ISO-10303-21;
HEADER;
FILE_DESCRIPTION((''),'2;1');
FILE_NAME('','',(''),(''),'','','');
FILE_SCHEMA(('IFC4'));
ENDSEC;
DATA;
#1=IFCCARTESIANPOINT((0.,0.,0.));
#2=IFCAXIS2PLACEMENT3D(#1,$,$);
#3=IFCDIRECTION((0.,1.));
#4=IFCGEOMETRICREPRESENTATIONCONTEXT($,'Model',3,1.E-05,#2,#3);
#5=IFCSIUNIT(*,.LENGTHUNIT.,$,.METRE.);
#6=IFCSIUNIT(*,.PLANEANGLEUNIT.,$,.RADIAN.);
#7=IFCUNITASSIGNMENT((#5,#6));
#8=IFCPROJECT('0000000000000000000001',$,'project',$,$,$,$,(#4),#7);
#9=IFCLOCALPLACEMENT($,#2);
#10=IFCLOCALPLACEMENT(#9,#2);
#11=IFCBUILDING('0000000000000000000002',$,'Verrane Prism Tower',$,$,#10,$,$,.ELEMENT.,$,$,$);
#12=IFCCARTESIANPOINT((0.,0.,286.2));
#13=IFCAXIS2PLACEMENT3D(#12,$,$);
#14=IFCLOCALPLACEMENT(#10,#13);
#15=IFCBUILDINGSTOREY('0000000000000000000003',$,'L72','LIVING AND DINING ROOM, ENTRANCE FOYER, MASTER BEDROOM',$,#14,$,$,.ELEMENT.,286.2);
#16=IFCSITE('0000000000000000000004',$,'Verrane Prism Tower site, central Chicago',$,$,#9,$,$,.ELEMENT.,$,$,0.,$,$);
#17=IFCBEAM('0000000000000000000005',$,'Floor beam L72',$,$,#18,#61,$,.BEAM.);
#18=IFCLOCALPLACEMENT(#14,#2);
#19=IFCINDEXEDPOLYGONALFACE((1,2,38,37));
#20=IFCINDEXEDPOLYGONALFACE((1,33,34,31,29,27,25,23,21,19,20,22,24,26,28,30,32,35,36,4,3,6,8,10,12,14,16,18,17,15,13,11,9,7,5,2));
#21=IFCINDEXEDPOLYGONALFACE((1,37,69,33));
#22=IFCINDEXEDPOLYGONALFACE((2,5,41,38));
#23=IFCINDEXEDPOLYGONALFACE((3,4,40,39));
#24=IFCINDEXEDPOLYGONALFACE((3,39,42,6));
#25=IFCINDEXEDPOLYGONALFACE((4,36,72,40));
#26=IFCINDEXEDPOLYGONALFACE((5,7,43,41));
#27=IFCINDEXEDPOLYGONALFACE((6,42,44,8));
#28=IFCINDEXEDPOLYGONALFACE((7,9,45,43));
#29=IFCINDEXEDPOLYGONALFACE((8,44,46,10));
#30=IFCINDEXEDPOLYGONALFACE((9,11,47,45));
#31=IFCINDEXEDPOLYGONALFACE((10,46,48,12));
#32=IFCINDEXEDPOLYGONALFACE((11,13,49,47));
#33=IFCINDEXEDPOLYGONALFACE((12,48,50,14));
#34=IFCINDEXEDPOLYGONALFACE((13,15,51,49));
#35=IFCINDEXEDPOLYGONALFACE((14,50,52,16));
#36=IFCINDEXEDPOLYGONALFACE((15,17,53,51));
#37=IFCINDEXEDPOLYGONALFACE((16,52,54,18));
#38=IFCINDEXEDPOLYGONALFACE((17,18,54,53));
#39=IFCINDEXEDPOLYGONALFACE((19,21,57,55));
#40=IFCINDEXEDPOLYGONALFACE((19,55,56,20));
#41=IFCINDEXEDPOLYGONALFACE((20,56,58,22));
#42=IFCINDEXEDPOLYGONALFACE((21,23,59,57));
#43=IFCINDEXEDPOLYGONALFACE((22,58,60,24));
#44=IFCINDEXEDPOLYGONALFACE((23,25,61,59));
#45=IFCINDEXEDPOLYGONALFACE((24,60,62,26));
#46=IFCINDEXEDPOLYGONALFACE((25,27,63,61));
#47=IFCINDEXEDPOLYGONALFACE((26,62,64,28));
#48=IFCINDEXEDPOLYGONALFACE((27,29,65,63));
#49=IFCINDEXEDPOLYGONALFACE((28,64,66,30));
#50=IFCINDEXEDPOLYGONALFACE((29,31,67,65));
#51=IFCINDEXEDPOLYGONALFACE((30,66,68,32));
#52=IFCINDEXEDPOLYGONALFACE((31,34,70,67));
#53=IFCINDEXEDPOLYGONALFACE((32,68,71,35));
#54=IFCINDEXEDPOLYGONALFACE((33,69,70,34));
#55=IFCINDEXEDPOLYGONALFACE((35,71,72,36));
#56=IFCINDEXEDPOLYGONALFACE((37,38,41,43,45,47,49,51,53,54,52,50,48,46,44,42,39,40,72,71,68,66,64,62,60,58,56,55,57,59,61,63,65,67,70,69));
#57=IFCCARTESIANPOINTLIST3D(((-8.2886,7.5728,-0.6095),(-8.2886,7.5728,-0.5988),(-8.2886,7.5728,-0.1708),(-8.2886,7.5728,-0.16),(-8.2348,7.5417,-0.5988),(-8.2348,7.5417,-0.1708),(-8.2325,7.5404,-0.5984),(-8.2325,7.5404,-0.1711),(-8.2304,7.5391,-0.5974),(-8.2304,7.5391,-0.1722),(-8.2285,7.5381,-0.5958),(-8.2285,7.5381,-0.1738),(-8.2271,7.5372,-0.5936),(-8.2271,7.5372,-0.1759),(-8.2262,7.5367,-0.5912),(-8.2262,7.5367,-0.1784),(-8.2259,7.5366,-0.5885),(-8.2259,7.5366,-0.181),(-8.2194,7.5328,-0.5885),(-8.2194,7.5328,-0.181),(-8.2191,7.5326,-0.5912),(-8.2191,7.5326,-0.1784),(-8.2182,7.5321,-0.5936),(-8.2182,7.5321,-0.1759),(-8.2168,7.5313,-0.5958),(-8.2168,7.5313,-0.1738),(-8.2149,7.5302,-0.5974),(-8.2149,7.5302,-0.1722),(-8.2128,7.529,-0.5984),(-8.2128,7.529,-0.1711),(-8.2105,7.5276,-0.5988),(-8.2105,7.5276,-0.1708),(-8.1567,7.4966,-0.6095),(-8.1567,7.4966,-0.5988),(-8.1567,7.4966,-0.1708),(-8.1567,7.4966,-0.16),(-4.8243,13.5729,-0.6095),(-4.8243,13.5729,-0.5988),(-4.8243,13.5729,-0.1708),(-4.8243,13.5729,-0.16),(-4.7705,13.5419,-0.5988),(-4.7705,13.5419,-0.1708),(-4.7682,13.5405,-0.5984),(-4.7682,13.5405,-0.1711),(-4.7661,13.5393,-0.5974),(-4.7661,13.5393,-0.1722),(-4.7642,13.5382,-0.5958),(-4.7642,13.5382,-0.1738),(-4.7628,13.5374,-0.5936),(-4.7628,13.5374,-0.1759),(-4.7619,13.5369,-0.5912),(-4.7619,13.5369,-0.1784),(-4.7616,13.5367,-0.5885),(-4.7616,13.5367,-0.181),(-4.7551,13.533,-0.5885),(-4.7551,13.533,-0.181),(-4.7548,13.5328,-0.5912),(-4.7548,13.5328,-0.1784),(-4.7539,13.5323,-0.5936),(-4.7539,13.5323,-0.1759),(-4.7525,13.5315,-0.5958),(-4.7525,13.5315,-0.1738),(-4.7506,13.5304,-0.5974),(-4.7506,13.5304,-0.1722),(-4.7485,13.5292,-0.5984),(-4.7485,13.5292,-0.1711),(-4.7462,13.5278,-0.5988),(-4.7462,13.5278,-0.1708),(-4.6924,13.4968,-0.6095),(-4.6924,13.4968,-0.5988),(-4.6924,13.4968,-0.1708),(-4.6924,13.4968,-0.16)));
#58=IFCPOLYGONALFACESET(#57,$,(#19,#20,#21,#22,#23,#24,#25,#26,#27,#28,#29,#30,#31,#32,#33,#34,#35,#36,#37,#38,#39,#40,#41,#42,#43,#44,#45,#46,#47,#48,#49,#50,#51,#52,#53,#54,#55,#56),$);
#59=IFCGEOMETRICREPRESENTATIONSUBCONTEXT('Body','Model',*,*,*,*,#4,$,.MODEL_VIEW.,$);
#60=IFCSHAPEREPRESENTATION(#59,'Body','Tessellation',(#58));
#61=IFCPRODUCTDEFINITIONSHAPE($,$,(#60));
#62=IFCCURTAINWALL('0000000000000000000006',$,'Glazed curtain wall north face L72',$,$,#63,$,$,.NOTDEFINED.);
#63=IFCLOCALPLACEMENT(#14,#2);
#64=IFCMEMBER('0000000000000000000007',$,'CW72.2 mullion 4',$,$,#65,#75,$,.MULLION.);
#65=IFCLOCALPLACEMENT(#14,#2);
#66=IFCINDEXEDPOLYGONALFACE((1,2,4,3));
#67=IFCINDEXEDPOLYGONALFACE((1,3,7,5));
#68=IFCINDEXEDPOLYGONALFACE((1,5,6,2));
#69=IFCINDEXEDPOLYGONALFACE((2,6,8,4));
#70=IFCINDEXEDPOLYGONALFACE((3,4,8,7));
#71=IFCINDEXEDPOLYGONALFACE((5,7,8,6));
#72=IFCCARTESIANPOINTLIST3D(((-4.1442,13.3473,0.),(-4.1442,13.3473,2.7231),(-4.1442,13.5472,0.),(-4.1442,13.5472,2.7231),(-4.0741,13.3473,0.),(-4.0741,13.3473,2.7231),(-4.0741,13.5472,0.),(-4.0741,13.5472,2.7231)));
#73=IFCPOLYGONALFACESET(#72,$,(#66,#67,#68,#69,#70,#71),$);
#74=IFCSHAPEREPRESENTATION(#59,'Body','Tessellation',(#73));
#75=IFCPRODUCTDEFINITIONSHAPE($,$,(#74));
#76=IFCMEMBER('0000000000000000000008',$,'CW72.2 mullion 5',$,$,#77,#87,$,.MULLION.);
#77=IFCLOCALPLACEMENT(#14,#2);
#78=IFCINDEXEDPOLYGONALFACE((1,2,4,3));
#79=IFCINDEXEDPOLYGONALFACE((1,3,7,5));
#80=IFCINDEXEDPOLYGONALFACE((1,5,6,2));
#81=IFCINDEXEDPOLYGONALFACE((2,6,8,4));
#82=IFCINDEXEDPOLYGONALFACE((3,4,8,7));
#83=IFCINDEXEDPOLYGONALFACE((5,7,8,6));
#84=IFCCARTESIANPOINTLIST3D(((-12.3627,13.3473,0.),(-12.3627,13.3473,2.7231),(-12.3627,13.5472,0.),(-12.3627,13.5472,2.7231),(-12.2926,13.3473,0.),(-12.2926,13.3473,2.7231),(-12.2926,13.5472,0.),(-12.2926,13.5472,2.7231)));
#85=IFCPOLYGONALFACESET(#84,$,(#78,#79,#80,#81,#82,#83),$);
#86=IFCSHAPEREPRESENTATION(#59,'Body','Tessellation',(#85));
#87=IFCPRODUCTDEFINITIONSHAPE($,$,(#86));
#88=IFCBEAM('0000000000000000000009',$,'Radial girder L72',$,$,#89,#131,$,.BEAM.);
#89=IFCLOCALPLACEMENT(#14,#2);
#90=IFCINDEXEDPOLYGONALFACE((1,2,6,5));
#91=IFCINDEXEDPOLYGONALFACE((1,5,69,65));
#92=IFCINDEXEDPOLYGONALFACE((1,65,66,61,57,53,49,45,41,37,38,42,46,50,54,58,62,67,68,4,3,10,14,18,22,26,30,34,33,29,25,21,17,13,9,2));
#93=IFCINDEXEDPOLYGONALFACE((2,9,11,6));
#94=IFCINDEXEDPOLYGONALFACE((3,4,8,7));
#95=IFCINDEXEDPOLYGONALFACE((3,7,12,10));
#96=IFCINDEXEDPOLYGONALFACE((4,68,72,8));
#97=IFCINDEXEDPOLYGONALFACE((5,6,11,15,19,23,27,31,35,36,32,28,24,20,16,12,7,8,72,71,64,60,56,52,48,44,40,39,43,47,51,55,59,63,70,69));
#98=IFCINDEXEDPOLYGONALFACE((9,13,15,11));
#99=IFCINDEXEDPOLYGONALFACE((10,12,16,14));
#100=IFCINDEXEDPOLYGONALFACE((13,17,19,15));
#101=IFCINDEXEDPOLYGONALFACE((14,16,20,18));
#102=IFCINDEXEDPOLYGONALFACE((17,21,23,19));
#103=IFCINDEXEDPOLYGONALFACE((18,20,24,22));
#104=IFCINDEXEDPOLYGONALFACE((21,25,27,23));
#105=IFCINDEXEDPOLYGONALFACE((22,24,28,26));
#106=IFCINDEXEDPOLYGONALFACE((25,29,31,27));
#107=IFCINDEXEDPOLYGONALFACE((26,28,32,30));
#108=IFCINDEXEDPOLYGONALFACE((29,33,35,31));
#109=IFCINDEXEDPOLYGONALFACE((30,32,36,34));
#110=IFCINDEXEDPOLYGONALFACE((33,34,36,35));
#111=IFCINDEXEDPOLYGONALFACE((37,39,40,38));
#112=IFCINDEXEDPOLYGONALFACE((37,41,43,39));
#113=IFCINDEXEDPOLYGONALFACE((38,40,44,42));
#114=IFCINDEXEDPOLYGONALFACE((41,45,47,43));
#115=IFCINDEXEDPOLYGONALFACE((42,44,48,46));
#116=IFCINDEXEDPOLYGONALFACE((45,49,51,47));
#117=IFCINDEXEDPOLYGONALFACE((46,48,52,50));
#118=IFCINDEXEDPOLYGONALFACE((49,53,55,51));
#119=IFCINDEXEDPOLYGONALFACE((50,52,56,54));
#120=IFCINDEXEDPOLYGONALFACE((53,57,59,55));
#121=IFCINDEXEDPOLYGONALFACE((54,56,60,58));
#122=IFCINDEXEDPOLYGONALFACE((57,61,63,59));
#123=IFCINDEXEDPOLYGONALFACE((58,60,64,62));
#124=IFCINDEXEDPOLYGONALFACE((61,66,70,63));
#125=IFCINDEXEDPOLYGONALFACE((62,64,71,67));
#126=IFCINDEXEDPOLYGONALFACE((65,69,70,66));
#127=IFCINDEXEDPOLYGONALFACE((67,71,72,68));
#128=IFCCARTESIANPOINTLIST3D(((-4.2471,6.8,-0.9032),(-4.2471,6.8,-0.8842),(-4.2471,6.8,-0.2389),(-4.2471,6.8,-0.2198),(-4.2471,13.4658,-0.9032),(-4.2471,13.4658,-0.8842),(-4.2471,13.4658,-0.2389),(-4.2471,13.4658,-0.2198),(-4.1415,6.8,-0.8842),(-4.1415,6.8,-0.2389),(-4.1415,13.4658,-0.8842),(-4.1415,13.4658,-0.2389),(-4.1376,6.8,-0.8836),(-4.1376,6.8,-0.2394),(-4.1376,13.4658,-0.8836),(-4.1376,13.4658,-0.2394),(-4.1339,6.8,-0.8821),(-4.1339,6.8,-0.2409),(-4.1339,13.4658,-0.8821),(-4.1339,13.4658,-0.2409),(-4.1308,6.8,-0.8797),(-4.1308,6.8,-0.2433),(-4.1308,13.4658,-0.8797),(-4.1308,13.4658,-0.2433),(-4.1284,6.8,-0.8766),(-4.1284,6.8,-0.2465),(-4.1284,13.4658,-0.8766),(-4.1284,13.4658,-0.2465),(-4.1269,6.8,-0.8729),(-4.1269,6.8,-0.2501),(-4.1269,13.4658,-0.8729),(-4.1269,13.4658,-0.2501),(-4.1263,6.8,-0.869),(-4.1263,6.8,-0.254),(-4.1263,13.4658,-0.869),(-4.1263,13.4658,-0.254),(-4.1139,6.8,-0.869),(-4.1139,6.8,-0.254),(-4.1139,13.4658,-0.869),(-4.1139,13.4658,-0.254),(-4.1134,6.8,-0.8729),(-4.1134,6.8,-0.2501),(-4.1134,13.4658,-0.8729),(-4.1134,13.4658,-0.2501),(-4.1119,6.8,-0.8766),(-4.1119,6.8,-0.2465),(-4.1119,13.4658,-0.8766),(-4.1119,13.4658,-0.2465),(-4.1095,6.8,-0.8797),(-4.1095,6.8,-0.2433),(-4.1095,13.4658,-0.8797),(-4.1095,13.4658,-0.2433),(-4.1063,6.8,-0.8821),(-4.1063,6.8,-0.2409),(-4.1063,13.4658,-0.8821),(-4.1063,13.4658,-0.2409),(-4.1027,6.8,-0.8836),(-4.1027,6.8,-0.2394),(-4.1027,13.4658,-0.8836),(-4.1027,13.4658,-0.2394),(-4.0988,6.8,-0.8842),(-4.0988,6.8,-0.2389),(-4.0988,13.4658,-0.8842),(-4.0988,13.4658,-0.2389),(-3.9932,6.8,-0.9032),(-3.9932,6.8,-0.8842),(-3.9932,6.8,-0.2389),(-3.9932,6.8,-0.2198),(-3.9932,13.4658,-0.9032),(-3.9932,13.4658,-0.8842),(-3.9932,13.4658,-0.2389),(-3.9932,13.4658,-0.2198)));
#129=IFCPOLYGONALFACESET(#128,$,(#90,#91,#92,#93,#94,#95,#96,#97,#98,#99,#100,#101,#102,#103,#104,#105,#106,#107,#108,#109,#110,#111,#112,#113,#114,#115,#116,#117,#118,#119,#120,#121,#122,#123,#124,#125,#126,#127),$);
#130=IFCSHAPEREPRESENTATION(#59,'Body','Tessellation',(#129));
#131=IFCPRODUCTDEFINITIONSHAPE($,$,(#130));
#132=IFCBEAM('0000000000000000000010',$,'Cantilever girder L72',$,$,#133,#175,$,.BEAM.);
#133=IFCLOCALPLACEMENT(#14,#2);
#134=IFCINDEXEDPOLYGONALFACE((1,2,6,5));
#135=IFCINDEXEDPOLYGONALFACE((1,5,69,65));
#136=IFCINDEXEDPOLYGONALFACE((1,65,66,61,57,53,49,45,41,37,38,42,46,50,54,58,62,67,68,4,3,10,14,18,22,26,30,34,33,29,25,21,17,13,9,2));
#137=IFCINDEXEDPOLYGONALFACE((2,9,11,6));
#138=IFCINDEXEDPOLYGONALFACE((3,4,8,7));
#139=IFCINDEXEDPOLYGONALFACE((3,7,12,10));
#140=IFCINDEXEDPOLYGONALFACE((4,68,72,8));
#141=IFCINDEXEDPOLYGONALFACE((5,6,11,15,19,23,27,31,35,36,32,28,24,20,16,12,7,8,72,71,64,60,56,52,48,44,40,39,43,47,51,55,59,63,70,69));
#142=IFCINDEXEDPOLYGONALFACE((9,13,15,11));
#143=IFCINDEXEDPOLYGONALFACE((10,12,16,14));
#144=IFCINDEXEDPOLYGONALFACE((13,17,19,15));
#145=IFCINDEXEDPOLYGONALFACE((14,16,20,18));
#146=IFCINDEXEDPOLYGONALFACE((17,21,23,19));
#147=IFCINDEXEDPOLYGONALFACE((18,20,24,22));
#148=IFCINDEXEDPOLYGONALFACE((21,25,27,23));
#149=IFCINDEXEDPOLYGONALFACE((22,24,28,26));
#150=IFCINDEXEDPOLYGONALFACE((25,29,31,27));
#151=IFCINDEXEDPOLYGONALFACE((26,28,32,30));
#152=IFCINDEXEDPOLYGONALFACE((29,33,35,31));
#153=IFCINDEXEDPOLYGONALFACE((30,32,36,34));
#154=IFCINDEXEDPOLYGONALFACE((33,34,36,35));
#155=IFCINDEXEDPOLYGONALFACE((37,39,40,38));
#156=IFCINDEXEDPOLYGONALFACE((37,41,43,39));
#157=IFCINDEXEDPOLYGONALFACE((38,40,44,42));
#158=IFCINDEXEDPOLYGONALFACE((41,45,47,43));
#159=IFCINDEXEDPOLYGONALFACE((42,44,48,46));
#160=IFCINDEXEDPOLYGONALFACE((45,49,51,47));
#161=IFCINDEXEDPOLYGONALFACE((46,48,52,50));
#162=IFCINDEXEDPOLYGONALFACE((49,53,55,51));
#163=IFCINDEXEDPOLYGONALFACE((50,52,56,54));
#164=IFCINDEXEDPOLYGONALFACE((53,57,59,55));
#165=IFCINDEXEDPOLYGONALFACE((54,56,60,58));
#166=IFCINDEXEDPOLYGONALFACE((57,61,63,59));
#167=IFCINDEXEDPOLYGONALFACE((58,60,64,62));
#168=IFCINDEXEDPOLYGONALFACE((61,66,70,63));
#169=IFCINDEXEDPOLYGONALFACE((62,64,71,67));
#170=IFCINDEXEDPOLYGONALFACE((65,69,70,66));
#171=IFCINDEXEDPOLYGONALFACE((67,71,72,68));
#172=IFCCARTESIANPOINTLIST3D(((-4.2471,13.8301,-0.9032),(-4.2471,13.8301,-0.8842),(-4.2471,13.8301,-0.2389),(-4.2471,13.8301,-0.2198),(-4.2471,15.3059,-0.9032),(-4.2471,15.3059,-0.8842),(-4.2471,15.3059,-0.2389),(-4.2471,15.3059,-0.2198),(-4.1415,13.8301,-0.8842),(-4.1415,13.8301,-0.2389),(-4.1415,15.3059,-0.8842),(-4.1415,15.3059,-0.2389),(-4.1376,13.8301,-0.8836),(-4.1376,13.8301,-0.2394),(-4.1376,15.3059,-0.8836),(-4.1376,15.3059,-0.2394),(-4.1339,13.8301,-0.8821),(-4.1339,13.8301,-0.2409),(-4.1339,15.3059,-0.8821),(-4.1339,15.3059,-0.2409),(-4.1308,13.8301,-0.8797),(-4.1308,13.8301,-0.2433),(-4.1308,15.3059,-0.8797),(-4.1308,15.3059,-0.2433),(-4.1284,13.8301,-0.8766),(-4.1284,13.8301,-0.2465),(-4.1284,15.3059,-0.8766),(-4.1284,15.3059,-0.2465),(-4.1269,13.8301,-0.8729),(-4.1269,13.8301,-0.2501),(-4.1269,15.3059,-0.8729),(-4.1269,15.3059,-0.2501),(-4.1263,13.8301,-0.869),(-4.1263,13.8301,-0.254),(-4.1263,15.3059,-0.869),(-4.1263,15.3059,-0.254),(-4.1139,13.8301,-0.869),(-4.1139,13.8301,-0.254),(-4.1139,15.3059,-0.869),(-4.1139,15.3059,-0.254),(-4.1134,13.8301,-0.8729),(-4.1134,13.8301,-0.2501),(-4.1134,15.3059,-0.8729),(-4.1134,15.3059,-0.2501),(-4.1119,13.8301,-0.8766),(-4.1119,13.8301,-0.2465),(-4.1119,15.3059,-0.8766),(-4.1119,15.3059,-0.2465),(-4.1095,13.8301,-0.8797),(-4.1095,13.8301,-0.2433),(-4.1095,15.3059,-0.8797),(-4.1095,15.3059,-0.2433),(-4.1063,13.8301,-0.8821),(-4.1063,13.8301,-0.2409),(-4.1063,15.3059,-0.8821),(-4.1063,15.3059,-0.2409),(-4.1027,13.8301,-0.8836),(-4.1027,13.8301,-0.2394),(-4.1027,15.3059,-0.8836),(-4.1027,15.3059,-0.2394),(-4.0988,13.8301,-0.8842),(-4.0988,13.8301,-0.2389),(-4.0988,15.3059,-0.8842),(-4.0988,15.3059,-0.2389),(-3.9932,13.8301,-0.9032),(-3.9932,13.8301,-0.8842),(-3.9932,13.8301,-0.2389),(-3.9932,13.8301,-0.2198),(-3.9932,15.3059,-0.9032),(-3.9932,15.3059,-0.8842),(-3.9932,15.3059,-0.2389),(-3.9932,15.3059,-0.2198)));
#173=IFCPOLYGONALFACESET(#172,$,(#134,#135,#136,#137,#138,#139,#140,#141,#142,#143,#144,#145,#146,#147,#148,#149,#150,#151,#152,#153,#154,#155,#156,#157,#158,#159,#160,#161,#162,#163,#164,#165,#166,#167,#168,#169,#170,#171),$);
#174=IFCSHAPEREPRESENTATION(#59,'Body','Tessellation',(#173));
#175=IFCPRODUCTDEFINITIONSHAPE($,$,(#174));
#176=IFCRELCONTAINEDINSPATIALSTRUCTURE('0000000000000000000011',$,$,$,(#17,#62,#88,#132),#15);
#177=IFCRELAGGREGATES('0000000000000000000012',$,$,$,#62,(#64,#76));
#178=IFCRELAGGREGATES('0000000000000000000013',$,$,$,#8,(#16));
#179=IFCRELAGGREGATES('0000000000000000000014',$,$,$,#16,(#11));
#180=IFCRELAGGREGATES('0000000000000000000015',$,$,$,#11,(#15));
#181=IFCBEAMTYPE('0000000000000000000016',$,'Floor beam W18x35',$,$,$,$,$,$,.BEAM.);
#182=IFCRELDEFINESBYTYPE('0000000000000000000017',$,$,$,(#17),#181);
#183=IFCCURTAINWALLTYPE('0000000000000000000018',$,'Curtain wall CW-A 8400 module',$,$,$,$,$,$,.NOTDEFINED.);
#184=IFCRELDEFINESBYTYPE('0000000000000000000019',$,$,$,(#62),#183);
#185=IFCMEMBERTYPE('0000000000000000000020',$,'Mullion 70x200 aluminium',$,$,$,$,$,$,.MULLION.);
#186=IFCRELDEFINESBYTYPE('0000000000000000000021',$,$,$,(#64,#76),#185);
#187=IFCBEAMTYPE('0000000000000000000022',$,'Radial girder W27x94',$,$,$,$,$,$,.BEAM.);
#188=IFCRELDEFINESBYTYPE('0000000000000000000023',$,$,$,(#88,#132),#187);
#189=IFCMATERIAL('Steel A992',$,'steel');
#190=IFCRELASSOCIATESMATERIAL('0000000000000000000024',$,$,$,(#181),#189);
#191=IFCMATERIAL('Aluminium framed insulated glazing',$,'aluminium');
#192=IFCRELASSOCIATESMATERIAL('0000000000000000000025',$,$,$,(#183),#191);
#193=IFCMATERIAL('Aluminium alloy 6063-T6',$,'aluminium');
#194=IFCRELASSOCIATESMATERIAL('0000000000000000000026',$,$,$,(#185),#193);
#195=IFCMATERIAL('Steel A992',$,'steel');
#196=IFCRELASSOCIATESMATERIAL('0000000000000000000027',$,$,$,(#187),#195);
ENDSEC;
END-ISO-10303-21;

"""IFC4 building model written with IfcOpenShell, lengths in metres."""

from ifc_helpers import new_model, si_unit, direction, frame, origin, origin_2d, place, context, subcontext, project, spatial, rectangle, i_section, extrude, material, material_profile, profile_set, type_object, element, aggregate, save


model = new_model("IFC4")

# Units and contexts
model_context = context("Model", 3, precision=1e-05, world=origin(), true_north=direction((0.0, 1.0)))
body_context = subcontext(model_context, "Body", "Model", "MODEL_VIEW")
ifc_project = project(units=[si_unit("LENGTHUNIT", "METRE"), si_unit("PLANEANGLEUNIT", "RADIAN")], contexts=[model_context])

# Site, building, storey
site_placement = place(None, origin())
site = spatial("IfcSite", under=ifc_project, at=site_placement, Name="Verrane Prism Tower site, central Chicago", CompositionType="ELEMENT", RefElevation=0.0)
building_placement = place(site_placement, origin())
building = spatial("IfcBuilding", under=site, at=building_placement, Name="Verrane Prism Tower", CompositionType="ELEMENT")
storey_placement = place(building_placement, frame((0.0, 0.0, 286.2)))
storey = spatial("IfcBuildingStorey", under=building, at=storey_placement, Name="L72", Description="LIVING AND DINING ROOM, ENTRANCE FOYER, MASTER BEDROOM", CompositionType="ELEMENT", Elevation=286.2)

# Beam
ifc_material_1 = material(Name="Steel A992", Category="steel")
ifc_material_profile_1 = material_profile(ifc_material_1, i_section(OverallWidth=0.1523, OverallDepth=0.4495, WebThickness=0.0076, FlangeThickness=0.0107, FilletRadius=0.0103, at=origin_2d()), Name="W18x35")
ifc_profile_set_1 = profile_set([ifc_material_profile_1], Name="Steel A992")
beam_type_1 = type_object("IfcBeamType", Name="Floor beam W18x35", PredefinedType="BEAM", material=ifc_profile_set_1)
beam_1_placement = place(storey_placement, frame((-8.2227, 7.5347, -0.3848), z_axis=(0.500012, 0.866018, 0.0), x_axis=(-0.866018, 0.500012, 0.0)))
element("IfcBeam", 1, at=beam_1_placement, inside=storey, type_object=beam_type_1, Name="Floor beam L72", PredefinedType="BEAM", context=body_context, shape_type="SweptSolid", body=[
    extrude(i_section(OverallWidth=0.1523, OverallDepth=0.4495, WebThickness=0.0076, FlangeThickness=0.0107, FilletRadius=0.0103, at=origin_2d()), origin(), (0.0, 0.0, 1.0), 6.9285),
])

# Curtain wall, members
ifc_material_2 = material(Name="Aluminium framed insulated glazing", Category="aluminium")
curtain_wall_type = type_object("IfcCurtainWallType", Name="Curtain wall CW-A 8400 module", PredefinedType="NOTDEFINED", material=ifc_material_2)
curtain_wall_placement = place(storey_placement, origin())
curtain_wall = element("IfcCurtainWall", 2, at=curtain_wall_placement, inside=storey, type_object=curtain_wall_type, Name="Glazed curtain wall north face L72", PredefinedType="NOTDEFINED")
ifc_material_3 = material(Name="Aluminium alloy 6063-T6", Category="aluminium")
ifc_material_profile_2 = material_profile(ifc_material_3, rectangle(XDim=0.2, YDim=0.0701, at=origin_2d()), Name="Mullion 70x200 aluminium")
ifc_profile_set_2 = profile_set([ifc_material_profile_2], Name="Aluminium alloy 6063-T6")
member_type_1 = type_object("IfcMemberType", Name="Mullion 70x200 aluminium", PredefinedType="MULLION", material=ifc_profile_set_2)
member_1_placement = place(storey_placement, frame((-4.1091, 13.4473, 0.0), z_axis=(0.0, 0.0, 1.0), x_axis=(0.0, -1.0, 0.0)))
member_1 = element("IfcMember", 3, at=member_1_placement, type_object=member_type_1, Name="CW72.2 mullion 4", PredefinedType="MULLION", context=body_context, shape_type="SweptSolid", body=[
    extrude(rectangle(XDim=0.2, YDim=0.0701, at=origin_2d()), origin(), (0.0, 0.0, 1.0), 2.7231),
])
member_2_placement = place(storey_placement, frame((-12.3276, 13.4473, 0.0), z_axis=(0.0, 0.0, 1.0), x_axis=(0.0, -1.0, 0.0)))
member_2 = element("IfcMember", 4, at=member_2_placement, type_object=member_type_1, Name="CW72.2 mullion 5", PredefinedType="MULLION", context=body_context, shape_type="SweptSolid", body=[
    extrude(rectangle(XDim=0.2, YDim=0.0701, at=origin_2d()), origin(), (0.0, 0.0, 1.0), 2.7231),
])

# Beams
ifc_material_4 = material(Name="Steel A992", Category="steel")
ifc_material_profile_3 = material_profile(ifc_material_4, i_section(OverallWidth=0.2539, OverallDepth=0.6833, WebThickness=0.0125, FlangeThickness=0.019, FilletRadius=0.0151, at=origin_2d()), Name="W27x94")
ifc_profile_set_3 = profile_set([ifc_material_profile_3], Name="Steel A992")
beam_type_2 = type_object("IfcBeamType", Name="Radial girder W27x94", PredefinedType="BEAM", material=ifc_profile_set_3)
beam_2_placement = place(storey_placement, frame((-4.1201, 13.4658, -0.5615), z_axis=(0.0, -1.0, 0.0), x_axis=(1.0, 0.0, 0.0)))
element("IfcBeam", 5, at=beam_2_placement, inside=storey, type_object=beam_type_2, Name="Radial girder L72", PredefinedType="BEAM", context=body_context, shape_type="SweptSolid", body=[
    extrude(i_section(OverallWidth=0.2539, OverallDepth=0.6833, WebThickness=0.0125, FlangeThickness=0.019, FilletRadius=0.0151, at=origin_2d()), origin(), (0.0, 0.0, 1.0), 6.6658),
])
beam_3_placement = place(storey_placement, frame((-4.1201, 13.8301, -0.5615), z_axis=(0.0, 1.0, 0.0), x_axis=(-1.0, 0.0, 0.0)))
element("IfcBeam", 6, at=beam_3_placement, inside=storey, type_object=beam_type_2, Name="Cantilever girder L72", PredefinedType="BEAM", context=body_context, shape_type="SweptSolid", body=[
    extrude(i_section(OverallWidth=0.2539, OverallDepth=0.6833, WebThickness=0.0125, FlangeThickness=0.019, FilletRadius=0.0151, at=origin_2d()), origin(), (0.0, 0.0, 1.0), 1.4758),
])

aggregate(curtain_wall, [member_1, member_2])

save(model, "model.ifc")
